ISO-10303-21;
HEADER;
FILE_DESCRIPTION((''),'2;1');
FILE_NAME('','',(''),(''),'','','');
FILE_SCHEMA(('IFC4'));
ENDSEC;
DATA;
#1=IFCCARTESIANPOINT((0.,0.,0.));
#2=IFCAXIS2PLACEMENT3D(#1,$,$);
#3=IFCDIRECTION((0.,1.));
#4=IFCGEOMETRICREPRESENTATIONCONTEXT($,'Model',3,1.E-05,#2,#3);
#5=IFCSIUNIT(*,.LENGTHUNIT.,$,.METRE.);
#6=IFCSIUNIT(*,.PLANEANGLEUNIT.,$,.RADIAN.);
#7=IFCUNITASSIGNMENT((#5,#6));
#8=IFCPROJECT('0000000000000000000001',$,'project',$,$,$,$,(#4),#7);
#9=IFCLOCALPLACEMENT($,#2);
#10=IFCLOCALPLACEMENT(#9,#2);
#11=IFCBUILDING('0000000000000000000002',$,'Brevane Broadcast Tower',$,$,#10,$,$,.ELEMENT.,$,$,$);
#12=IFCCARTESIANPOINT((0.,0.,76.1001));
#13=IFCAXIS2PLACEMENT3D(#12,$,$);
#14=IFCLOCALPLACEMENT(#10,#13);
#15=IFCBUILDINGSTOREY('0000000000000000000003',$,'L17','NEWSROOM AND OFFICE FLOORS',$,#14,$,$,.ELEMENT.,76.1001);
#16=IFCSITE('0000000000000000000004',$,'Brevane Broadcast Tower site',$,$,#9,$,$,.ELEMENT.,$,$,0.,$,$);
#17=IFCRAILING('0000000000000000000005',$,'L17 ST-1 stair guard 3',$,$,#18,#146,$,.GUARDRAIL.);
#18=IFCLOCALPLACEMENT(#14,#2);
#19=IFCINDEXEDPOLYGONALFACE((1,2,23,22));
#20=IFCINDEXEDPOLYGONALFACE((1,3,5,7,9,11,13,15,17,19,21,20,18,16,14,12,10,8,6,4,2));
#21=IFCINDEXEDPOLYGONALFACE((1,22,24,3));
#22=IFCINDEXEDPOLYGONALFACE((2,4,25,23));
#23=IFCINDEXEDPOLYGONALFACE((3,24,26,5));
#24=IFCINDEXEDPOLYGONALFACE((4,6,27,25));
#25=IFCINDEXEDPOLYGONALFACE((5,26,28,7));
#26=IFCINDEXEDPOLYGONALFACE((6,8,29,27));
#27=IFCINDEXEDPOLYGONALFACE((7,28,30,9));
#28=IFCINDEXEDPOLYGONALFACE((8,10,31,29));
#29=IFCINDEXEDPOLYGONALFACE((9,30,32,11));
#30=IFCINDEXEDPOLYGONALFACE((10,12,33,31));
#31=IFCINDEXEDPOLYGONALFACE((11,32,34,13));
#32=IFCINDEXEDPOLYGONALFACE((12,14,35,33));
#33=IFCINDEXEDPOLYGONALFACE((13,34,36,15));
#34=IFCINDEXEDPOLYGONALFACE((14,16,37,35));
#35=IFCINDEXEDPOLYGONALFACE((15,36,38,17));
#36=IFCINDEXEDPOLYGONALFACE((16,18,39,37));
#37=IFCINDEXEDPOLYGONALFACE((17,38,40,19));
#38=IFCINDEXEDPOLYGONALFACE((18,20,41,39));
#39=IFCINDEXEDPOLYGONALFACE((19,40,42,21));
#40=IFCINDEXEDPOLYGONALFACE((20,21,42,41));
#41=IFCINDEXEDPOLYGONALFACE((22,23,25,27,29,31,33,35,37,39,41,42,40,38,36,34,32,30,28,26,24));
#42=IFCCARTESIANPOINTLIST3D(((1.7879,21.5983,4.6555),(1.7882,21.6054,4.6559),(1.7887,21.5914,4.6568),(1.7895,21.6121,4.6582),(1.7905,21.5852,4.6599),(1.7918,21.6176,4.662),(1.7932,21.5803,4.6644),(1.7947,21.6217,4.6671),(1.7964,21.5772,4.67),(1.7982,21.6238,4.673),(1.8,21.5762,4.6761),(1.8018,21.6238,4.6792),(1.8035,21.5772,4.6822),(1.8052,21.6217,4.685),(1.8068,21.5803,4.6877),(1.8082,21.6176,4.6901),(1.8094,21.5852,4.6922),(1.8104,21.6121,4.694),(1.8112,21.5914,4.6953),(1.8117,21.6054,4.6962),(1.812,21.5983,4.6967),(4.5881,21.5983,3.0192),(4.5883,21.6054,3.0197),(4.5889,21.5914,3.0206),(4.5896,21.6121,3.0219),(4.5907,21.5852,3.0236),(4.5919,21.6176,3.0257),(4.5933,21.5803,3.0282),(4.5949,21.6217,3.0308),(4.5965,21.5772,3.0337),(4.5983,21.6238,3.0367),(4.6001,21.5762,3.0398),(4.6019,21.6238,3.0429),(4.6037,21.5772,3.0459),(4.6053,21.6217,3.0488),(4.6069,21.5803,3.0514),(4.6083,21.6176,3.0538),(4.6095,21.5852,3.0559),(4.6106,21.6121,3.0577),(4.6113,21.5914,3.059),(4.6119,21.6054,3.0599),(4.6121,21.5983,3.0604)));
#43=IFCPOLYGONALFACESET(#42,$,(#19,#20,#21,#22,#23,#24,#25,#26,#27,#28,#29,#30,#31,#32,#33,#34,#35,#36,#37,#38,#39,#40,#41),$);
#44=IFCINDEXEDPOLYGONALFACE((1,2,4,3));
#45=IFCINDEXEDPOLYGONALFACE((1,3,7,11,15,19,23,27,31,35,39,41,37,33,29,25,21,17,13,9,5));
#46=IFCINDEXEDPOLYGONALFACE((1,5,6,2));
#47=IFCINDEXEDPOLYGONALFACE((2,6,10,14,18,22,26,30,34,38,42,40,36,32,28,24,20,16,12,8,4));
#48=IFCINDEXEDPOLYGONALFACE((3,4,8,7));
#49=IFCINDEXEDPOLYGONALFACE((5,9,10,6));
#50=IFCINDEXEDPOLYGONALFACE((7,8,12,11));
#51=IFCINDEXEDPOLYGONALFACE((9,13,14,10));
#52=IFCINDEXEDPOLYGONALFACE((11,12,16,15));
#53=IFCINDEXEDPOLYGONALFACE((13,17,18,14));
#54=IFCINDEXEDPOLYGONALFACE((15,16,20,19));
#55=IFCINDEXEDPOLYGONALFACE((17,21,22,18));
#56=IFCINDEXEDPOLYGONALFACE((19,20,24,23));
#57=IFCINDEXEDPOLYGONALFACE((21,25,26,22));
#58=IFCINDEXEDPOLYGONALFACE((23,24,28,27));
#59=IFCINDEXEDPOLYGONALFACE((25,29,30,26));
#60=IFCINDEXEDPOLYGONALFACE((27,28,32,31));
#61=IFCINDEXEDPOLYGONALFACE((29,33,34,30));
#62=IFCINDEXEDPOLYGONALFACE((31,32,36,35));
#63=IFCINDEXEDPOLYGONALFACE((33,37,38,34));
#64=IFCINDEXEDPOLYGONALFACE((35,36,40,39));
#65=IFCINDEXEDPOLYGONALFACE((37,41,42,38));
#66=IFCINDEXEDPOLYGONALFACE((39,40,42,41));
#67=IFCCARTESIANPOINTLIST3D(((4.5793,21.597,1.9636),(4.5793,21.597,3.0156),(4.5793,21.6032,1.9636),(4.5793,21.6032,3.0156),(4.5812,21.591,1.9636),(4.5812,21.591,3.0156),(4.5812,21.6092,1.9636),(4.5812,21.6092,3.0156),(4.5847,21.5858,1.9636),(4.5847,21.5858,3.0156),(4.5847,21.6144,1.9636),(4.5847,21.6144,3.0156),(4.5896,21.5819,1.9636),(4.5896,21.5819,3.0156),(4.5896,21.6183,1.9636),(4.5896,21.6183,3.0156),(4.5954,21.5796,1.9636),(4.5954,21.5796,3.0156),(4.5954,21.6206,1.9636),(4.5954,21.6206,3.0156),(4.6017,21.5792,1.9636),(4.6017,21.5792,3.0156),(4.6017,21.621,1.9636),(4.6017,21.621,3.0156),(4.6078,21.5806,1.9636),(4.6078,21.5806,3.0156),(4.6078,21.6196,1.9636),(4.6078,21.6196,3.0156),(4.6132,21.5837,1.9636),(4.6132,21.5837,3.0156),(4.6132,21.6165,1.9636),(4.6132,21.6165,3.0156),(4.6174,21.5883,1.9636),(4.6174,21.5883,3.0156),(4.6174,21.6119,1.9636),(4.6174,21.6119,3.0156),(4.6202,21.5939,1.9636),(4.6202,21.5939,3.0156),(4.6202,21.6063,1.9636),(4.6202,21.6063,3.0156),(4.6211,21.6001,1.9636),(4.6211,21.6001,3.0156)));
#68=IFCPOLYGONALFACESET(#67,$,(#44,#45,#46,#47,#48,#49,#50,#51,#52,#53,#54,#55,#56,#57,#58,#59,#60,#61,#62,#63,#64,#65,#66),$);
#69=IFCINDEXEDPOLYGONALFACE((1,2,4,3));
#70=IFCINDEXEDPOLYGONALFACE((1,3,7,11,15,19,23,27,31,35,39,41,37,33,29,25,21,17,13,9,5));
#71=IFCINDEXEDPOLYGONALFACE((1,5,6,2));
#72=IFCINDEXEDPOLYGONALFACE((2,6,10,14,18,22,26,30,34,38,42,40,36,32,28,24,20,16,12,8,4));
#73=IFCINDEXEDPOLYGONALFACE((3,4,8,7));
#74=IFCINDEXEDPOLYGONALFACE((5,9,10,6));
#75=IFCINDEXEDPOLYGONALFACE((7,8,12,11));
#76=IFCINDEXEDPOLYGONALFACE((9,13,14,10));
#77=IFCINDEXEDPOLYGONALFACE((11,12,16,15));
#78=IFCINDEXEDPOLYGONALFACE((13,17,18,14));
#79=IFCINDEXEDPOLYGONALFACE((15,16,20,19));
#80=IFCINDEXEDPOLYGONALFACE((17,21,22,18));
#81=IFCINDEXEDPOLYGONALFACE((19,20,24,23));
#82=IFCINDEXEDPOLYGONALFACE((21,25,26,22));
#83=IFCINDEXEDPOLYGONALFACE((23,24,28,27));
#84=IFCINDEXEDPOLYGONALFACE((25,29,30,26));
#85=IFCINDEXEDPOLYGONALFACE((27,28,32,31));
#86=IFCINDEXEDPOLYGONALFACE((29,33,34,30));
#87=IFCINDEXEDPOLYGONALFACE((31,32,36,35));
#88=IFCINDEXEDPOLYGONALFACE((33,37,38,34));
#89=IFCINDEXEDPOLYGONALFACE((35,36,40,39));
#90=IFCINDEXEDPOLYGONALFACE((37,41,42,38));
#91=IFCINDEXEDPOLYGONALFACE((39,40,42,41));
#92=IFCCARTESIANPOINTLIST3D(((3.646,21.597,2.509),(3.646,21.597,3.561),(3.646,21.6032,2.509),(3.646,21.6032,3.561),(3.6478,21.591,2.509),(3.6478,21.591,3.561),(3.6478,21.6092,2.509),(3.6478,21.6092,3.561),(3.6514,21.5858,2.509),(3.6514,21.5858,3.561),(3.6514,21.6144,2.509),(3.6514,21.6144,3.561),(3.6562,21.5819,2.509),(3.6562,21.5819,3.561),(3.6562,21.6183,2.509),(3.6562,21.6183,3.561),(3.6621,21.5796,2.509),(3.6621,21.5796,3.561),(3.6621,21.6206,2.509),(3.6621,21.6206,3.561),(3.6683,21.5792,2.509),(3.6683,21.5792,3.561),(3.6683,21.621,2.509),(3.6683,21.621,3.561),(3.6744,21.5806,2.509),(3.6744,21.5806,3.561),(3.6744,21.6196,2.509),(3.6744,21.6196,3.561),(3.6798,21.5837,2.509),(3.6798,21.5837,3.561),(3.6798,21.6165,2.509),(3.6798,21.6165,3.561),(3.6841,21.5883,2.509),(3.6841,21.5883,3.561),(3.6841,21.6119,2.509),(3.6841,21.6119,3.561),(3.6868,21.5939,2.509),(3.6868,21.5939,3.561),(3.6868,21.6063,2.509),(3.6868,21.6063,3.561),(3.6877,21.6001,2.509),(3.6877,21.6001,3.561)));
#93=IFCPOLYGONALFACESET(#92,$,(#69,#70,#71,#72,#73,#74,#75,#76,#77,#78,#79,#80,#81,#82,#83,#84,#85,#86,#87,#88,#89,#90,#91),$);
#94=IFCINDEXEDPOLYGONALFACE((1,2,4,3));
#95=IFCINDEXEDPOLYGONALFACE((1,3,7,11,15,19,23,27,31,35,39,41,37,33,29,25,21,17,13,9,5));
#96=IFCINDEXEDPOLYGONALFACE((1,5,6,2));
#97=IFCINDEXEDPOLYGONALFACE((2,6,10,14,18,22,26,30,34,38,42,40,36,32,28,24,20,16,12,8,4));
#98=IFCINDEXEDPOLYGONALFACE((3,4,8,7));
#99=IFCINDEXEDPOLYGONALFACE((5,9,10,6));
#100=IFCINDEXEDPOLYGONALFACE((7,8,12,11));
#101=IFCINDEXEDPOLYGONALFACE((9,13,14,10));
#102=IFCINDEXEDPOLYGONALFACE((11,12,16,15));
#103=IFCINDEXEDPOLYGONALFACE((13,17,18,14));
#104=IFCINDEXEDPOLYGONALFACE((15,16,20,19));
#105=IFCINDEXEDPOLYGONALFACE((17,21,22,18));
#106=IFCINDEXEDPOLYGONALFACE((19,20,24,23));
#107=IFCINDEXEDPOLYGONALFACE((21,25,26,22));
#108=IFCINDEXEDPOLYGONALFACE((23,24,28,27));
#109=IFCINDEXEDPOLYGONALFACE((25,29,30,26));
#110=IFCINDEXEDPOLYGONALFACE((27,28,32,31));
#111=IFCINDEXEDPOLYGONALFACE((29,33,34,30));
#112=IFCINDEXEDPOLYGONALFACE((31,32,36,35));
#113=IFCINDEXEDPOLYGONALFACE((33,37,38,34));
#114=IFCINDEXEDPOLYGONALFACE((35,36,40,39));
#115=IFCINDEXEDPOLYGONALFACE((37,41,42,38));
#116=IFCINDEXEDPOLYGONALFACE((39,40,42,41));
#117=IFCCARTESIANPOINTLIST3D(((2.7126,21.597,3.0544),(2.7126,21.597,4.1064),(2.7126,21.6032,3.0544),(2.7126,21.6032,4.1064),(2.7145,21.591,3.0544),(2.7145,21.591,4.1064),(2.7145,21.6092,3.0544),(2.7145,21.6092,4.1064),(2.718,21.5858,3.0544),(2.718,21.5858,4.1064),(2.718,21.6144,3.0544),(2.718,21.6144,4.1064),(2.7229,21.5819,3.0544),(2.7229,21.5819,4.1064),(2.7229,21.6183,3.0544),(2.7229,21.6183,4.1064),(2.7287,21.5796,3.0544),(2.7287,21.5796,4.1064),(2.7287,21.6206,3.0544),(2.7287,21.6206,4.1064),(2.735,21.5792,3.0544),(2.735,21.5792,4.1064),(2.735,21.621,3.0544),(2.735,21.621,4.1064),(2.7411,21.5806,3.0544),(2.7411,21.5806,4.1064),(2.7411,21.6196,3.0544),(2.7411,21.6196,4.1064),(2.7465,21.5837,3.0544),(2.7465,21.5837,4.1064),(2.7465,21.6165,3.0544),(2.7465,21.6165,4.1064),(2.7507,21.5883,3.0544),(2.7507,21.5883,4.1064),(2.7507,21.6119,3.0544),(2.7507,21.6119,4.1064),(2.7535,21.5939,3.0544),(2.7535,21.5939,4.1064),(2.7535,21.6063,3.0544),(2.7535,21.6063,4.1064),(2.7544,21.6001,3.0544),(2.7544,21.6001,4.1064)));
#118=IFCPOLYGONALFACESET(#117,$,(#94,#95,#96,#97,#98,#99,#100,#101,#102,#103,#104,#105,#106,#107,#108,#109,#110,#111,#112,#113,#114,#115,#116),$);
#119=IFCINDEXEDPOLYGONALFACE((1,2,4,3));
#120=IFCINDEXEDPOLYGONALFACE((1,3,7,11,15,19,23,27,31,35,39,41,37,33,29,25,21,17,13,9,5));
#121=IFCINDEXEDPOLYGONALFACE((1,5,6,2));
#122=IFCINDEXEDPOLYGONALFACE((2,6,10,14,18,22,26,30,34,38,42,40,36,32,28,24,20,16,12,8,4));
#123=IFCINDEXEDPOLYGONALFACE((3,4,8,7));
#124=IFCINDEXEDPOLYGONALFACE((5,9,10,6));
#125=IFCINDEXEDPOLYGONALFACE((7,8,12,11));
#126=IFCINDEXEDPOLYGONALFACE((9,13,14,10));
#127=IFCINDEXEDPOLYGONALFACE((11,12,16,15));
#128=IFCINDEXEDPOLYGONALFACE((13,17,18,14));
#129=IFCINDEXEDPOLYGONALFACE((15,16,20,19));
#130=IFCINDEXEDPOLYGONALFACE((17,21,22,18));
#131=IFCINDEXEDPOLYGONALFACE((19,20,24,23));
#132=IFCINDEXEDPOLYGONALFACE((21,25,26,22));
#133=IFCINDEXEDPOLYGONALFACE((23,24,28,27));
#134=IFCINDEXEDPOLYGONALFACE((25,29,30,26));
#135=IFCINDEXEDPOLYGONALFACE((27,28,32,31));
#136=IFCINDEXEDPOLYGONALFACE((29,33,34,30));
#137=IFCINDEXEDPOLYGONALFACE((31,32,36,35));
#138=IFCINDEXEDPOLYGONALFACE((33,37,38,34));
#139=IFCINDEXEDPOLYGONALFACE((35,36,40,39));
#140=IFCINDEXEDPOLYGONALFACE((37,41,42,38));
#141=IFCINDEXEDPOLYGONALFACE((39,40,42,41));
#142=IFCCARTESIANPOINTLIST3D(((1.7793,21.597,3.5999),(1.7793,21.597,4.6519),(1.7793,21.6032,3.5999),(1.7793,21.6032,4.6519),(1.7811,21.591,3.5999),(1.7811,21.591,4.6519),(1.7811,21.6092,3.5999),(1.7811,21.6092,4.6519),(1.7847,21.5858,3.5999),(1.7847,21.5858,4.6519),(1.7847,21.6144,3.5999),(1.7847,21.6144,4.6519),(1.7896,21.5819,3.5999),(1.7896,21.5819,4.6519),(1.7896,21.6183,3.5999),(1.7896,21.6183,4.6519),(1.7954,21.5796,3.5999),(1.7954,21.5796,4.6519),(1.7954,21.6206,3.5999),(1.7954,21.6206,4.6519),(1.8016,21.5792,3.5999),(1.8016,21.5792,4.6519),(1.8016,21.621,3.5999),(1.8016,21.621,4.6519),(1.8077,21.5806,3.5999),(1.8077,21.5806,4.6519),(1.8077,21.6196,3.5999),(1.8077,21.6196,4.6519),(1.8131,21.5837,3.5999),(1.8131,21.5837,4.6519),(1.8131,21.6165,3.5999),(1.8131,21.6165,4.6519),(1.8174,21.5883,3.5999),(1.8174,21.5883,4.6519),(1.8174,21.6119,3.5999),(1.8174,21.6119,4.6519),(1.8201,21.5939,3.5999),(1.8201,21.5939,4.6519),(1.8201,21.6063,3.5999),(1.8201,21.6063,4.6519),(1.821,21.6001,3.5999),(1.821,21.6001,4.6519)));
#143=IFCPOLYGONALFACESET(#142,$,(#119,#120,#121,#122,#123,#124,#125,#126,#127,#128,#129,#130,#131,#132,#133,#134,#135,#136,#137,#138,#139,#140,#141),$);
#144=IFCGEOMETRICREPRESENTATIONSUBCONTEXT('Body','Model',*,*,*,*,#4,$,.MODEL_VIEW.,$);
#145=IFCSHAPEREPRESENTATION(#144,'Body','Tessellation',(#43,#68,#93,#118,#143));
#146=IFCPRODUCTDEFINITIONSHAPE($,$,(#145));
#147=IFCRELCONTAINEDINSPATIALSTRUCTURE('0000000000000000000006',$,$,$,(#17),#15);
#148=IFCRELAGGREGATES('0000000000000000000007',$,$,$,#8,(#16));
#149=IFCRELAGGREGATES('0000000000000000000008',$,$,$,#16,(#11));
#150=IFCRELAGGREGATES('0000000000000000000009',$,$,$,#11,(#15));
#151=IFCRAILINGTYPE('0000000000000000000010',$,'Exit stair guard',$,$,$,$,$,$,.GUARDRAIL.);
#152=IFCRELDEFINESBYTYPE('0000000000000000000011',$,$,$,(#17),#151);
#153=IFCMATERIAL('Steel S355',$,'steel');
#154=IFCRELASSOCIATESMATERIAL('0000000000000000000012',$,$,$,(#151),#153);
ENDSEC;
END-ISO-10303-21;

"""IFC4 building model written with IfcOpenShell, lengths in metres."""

from ifc_helpers import new_model, si_unit, direction, frame, origin, origin_2d, place, context, subcontext, project, spatial, circle, extrude, material, type_object, element, save


model = new_model("IFC4")

# Units and contexts
model_context = context("Model", 3, precision=1e-05, world=origin(), true_north=direction((0.0, 1.0)))
body_context = subcontext(model_context, "Body", "Model", "MODEL_VIEW")
ifc_project = project(units=[si_unit("LENGTHUNIT", "METRE"), si_unit("PLANEANGLEUNIT", "RADIAN")], contexts=[model_context])

# Site, building, storey
site_placement = place(None, origin())
site = spatial("IfcSite", under=ifc_project, at=site_placement, Name="Brevane Broadcast Tower site", CompositionType="ELEMENT", RefElevation=0.0)
building_placement = place(site_placement, origin())
building = spatial("IfcBuilding", under=site, at=building_placement, Name="Brevane Broadcast Tower", CompositionType="ELEMENT")
storey_placement = place(building_placement, frame((0.0, 0.0, 76.1001)))
storey = spatial("IfcBuildingStorey", under=building, at=storey_placement, Name="L17", Description="NEWSROOM AND OFFICE FLOORS", CompositionType="ELEMENT", Elevation=76.1001)

# Railing
ifc_material_1 = material(Name="Steel S355", Category="steel")
railing_type_1 = type_object("IfcRailingType", Name="Exit stair guard", PredefinedType="GUARDRAIL", material=ifc_material_1)
railing_1_placement = place(storey_placement, frame((4.6001, 21.6001, 1.9636)))
element("IfcRailing", 1, at=railing_1_placement, inside=storey, type_object=railing_type_1, Name="L17 ST-1 stair guard 3", PredefinedType="GUARDRAIL", context=body_context, shape_type="SweptSolid", body=[
    extrude(circle(Radius=0.0239, at=origin_2d()), frame((0.0, 0.0, 1.0762), z_axis=(-0.863394, 0.0, 0.504531), x_axis=(0.0, -1.0, 0.0)), (0.0, 0.0, 1.0), 3.2432),
    extrude(circle(Radius=0.021, at=origin_2d()), origin(), (0.0, 0.0, 1.0), 1.052),
    extrude(circle(Radius=0.021, at=origin_2d()), frame((-0.9333, 0.0, 0.5454)), (0.0, 0.0, 1.0), 1.052),
    extrude(circle(Radius=0.021, at=origin_2d()), frame((-1.8667, 0.0, 1.0908)), (0.0, 0.0, 1.0), 1.052),
    extrude(circle(Radius=0.021, at=origin_2d()), frame((-2.8, 0.0, 1.6362)), (0.0, 0.0, 1.0), 1.052),
])

save(model, "model.ifc")
